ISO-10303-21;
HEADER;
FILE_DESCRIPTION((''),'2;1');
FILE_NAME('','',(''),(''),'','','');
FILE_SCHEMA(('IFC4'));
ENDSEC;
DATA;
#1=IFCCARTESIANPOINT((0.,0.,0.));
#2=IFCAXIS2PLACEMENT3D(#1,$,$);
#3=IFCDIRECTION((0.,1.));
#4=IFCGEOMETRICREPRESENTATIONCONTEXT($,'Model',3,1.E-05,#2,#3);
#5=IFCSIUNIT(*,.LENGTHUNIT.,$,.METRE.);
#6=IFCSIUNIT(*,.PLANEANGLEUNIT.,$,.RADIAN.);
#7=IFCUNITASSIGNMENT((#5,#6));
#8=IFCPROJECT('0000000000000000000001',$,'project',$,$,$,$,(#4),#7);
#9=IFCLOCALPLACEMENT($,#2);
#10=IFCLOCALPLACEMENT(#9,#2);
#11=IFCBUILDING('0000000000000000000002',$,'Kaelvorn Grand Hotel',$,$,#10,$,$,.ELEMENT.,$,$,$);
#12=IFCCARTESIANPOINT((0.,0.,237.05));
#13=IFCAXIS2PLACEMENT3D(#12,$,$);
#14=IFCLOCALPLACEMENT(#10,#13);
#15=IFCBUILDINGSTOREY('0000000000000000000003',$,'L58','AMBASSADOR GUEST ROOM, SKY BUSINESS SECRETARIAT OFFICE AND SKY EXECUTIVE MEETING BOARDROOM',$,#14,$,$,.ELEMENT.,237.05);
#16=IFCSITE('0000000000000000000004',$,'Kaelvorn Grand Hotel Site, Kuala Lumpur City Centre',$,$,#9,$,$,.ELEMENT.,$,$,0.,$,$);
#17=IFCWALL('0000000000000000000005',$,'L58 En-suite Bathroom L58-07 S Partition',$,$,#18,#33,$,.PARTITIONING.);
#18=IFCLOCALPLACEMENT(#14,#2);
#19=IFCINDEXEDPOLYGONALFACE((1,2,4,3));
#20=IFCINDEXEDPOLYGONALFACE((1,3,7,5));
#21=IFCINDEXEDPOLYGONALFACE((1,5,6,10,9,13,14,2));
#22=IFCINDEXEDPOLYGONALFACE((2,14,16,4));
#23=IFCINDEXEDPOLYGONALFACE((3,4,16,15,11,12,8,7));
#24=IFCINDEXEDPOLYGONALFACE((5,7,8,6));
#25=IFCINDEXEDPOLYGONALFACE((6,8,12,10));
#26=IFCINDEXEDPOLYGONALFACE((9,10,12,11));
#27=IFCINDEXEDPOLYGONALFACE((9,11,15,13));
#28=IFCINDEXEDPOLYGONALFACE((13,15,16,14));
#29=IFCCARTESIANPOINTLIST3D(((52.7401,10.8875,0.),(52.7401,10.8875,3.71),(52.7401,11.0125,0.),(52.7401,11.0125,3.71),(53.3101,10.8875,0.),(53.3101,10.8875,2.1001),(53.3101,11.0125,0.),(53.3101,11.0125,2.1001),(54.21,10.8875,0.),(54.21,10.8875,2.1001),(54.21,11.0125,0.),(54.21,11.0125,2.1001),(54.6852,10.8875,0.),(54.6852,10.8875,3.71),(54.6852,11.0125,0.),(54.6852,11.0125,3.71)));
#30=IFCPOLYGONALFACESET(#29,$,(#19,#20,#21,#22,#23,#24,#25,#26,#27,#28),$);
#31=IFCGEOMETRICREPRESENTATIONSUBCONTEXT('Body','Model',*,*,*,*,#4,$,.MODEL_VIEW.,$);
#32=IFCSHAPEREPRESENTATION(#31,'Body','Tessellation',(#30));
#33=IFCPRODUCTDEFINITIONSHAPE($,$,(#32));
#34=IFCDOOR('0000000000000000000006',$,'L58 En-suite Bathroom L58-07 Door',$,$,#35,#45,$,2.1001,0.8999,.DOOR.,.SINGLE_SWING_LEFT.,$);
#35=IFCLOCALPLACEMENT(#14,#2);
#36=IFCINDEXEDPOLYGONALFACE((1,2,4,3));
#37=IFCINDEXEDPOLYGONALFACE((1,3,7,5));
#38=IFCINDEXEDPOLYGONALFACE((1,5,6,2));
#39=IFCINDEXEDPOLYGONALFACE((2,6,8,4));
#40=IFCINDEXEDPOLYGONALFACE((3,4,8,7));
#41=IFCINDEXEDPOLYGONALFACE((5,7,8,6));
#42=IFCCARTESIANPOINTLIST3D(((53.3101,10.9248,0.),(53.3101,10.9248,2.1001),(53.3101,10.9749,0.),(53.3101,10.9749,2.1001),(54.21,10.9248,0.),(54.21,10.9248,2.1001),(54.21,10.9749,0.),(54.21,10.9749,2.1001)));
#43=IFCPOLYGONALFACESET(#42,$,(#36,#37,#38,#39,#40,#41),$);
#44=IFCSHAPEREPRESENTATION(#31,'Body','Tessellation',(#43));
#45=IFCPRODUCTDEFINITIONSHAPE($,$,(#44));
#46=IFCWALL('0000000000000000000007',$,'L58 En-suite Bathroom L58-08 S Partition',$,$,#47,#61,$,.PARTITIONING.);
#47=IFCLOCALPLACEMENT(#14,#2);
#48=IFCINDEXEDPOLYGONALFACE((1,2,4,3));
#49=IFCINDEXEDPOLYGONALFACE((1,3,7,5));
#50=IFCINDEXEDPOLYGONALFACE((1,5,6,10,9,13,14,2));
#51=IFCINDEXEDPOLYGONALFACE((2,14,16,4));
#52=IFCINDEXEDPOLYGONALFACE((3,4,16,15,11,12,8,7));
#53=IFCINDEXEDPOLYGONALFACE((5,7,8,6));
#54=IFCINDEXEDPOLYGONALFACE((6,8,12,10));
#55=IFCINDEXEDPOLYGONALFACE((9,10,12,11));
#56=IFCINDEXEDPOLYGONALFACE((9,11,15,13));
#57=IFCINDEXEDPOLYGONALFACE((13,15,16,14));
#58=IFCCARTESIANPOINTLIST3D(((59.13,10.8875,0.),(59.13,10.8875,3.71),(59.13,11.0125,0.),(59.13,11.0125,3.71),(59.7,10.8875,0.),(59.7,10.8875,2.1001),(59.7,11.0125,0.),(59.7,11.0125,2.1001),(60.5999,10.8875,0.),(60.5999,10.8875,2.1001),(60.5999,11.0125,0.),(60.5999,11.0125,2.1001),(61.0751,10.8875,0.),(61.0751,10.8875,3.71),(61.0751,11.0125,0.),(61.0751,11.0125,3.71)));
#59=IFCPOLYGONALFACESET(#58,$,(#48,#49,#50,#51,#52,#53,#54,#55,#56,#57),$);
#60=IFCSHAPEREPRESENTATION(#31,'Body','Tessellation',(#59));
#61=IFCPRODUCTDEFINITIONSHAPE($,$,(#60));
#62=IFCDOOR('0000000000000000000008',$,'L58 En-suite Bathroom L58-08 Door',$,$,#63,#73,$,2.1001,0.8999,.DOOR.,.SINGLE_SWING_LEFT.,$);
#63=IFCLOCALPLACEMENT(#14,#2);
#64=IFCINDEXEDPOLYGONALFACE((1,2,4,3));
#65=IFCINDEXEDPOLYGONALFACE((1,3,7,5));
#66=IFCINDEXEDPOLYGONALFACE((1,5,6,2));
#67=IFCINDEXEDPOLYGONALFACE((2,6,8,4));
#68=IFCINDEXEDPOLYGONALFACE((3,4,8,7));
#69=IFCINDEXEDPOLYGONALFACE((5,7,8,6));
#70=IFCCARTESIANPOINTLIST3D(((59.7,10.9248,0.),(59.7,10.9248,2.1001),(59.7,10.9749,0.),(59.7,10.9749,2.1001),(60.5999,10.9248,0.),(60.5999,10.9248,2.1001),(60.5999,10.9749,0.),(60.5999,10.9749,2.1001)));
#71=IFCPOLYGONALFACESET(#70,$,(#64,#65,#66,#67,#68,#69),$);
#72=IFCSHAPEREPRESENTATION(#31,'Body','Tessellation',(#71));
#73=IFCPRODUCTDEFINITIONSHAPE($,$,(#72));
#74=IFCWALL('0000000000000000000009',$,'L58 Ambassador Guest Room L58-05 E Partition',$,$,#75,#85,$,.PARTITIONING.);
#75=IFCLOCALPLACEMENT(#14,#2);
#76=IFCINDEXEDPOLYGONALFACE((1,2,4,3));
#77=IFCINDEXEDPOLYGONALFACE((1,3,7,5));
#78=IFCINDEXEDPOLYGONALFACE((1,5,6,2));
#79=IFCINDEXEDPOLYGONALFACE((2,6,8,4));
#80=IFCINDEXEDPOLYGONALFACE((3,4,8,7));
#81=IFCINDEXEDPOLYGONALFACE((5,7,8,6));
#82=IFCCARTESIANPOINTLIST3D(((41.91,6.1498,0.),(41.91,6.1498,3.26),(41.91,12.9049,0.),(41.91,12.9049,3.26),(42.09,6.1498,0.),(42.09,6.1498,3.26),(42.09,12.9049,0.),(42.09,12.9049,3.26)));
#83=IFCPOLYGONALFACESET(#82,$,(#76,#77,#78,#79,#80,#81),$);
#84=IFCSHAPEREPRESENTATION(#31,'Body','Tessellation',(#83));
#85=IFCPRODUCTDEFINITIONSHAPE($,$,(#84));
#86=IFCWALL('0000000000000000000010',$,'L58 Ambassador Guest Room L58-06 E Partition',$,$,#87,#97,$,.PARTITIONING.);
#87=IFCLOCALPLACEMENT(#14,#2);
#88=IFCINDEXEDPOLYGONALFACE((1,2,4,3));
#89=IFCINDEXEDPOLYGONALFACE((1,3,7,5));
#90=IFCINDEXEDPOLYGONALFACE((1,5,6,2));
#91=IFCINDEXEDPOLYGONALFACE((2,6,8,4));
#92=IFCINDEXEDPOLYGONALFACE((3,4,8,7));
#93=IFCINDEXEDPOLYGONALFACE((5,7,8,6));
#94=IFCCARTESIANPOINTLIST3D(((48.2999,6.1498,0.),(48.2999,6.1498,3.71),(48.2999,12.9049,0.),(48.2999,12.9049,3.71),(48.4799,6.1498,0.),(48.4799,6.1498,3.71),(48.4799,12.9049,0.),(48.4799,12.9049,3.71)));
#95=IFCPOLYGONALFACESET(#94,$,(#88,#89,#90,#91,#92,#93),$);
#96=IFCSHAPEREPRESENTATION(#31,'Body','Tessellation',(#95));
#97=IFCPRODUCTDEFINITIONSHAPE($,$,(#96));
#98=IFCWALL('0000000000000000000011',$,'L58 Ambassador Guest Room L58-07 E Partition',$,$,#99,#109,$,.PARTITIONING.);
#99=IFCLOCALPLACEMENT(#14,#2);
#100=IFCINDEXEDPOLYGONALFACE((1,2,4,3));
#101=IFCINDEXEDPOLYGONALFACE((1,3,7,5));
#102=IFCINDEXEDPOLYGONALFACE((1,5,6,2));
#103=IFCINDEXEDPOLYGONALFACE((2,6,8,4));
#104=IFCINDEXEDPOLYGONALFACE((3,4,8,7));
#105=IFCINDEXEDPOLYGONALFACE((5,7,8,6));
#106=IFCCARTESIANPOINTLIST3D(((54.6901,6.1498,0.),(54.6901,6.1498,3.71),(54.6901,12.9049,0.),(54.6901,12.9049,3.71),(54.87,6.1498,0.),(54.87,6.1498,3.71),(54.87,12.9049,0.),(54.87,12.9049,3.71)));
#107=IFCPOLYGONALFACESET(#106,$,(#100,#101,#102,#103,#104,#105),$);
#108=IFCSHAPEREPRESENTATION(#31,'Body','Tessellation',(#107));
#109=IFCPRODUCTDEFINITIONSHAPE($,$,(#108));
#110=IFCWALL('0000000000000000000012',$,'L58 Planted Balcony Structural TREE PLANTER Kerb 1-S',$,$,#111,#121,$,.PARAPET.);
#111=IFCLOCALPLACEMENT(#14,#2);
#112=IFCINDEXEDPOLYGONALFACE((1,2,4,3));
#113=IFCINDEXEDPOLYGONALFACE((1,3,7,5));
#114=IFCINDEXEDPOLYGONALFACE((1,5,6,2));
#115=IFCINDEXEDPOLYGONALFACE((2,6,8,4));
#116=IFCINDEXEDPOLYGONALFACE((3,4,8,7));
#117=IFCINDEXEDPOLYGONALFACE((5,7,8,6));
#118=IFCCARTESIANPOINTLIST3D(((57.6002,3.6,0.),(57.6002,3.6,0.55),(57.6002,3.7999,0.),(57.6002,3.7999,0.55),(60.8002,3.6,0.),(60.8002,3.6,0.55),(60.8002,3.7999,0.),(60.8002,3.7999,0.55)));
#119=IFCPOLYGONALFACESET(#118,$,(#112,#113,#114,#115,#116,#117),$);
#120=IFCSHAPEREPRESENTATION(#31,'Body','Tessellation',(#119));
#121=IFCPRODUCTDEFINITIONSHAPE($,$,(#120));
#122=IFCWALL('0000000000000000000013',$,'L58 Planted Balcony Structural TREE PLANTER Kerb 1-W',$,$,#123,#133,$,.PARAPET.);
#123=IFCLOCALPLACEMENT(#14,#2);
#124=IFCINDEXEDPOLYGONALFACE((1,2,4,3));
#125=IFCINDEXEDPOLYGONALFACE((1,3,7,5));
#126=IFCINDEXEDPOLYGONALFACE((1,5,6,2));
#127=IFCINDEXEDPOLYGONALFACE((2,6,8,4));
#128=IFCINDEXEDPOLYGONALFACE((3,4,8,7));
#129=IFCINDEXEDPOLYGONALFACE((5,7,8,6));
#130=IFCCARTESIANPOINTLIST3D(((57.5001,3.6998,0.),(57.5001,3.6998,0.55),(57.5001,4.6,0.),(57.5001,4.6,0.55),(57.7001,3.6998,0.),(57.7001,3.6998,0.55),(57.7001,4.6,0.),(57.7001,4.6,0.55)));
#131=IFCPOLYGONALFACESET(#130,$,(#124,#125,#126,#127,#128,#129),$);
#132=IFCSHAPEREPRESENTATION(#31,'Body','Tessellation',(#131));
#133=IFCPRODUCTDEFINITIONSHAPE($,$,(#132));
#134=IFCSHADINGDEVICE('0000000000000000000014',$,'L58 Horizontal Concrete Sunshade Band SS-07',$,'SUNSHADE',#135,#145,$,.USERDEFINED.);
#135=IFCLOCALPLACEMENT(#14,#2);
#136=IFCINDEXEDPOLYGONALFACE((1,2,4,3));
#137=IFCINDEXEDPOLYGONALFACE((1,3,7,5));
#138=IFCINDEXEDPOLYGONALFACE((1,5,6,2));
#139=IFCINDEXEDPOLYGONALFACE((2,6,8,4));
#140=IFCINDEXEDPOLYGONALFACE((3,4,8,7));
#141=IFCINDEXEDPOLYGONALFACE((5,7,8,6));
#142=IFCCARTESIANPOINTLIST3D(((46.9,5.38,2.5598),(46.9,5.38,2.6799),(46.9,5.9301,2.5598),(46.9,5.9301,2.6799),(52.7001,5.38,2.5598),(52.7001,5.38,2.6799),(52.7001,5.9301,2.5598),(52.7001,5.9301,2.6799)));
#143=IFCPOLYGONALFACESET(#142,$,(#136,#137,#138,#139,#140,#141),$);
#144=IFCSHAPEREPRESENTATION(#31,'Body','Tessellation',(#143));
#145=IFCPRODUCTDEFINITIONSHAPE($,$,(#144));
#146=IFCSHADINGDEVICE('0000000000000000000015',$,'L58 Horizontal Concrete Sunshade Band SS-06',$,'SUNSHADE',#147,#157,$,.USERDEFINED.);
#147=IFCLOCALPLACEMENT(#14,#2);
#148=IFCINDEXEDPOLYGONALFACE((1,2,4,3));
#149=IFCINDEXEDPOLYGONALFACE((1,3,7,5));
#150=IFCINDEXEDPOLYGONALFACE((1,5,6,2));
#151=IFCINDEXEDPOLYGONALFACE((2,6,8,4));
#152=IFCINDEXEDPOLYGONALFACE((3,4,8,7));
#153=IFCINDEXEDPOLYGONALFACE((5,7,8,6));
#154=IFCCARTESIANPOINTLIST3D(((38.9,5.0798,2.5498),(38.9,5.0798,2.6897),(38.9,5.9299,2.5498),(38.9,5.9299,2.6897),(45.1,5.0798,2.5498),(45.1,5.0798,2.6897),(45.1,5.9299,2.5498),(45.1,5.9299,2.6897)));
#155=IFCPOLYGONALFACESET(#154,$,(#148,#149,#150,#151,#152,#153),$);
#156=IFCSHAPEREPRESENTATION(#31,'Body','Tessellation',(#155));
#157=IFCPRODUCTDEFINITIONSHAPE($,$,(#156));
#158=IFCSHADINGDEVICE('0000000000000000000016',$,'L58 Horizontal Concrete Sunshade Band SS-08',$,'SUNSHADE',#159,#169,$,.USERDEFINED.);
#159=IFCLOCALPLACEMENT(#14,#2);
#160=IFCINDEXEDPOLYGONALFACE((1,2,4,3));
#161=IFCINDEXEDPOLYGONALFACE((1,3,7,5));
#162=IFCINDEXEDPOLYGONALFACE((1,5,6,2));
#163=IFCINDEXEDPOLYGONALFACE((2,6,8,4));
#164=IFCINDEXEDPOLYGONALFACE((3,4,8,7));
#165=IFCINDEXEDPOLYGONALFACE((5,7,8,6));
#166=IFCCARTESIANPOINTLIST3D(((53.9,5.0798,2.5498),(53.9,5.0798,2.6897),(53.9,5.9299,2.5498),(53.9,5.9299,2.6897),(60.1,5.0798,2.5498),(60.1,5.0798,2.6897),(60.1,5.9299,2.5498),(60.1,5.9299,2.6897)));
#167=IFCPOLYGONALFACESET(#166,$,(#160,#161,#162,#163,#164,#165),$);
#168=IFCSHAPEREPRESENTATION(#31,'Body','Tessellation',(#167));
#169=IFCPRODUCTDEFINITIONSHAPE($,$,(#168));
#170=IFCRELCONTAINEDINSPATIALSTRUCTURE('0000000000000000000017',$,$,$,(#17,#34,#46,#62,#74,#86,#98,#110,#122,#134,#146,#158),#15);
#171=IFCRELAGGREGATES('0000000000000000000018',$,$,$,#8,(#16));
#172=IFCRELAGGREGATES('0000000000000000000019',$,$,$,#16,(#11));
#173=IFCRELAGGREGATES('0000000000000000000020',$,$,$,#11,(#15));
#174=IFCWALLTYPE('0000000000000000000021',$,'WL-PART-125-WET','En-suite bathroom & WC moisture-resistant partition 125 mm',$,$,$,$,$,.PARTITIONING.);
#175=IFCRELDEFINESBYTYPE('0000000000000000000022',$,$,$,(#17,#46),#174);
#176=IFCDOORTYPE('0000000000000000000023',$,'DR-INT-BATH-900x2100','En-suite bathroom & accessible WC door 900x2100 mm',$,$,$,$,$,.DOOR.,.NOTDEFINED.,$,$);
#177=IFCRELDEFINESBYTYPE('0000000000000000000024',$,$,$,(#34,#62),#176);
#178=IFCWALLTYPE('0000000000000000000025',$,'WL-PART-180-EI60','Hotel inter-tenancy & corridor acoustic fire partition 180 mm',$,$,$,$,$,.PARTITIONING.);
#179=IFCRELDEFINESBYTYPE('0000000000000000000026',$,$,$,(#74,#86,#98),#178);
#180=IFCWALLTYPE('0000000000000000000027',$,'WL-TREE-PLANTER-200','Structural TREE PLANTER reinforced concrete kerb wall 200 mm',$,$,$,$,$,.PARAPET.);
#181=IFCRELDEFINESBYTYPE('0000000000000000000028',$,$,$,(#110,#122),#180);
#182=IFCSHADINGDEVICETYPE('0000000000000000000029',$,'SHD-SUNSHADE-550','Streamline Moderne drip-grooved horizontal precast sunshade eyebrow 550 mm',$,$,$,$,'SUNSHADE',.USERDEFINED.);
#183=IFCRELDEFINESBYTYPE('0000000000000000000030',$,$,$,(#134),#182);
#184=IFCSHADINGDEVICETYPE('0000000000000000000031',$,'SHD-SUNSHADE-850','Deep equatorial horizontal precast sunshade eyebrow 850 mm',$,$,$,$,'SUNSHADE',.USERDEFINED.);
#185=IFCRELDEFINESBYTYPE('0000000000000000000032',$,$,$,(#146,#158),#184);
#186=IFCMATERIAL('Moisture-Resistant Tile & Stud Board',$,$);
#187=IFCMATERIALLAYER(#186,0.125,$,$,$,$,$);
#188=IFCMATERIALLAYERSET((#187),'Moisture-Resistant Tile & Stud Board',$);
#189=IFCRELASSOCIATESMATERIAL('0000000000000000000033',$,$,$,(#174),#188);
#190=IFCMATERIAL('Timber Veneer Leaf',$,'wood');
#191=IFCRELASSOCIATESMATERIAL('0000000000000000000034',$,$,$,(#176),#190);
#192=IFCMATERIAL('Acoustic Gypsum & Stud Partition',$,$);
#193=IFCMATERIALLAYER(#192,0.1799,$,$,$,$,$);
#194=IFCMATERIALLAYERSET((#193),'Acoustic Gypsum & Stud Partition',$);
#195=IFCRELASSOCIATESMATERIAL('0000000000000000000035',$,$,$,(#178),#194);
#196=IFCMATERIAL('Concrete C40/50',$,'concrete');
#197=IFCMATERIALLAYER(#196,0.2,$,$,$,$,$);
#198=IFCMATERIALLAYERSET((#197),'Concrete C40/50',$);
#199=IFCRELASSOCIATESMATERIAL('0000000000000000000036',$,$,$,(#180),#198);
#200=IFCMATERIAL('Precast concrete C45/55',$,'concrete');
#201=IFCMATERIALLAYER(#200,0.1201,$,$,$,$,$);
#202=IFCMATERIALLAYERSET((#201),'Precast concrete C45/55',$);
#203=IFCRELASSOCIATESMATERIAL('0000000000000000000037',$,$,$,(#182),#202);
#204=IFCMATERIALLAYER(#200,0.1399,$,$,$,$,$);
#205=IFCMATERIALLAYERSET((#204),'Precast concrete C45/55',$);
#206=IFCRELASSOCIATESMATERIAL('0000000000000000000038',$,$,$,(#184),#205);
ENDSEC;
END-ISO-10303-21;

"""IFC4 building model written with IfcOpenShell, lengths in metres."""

from ifc_helpers import new_model, si_unit, direction, frame, frame_2d, origin, origin_2d, place, context, subcontext, project, spatial, rectangle, extrude, material, layer, layer_set, type_object, element, fill, save


model = new_model("IFC4")

# Units and contexts
model_context = context("Model", 3, precision=1e-05, world=origin(), true_north=direction((0.0, 1.0)))
body_context = subcontext(model_context, "Body", "Model", "MODEL_VIEW")
ifc_project = project(units=[si_unit("LENGTHUNIT", "METRE"), si_unit("PLANEANGLEUNIT", "RADIAN")], contexts=[model_context])

# Site, building, storey
site_placement = place(None, origin())
site = spatial("IfcSite", under=ifc_project, at=site_placement, Name="Kaelvorn Grand Hotel Site, Kuala Lumpur City Centre", CompositionType="ELEMENT", RefElevation=0.0)
building_placement = place(site_placement, origin())
building = spatial("IfcBuilding", under=site, at=building_placement, Name="Kaelvorn Grand Hotel", CompositionType="ELEMENT")
storey_placement = place(building_placement, frame((0.0, 0.0, 237.05)))
storey = spatial("IfcBuildingStorey", under=building, at=storey_placement, Name="L58", Description="AMBASSADOR GUEST ROOM, SKY BUSINESS SECRETARIAT OFFICE AND SKY EXECUTIVE MEETING BOARDROOM", CompositionType="ELEMENT", Elevation=237.05)

# Shared definitions
ifc_material_1 = material(Name="Moisture-Resistant Tile & Stud Board")
ifc_layer_1 = layer(ifc_material_1, 0.125)
ifc_layer_set_1 = layer_set([ifc_layer_1], Name="Moisture-Resistant Tile & Stud Board")
wall_type_1 = type_object("IfcWallType", Name="WL-PART-125-WET", Description="En-suite bathroom & WC moisture-resistant partition 125 mm", PredefinedType="PARTITIONING", material=ifc_layer_set_1)
ifc_material_2 = material(Name="Timber Veneer Leaf", Category="wood")
door_type = type_object("IfcDoorType", Name="DR-INT-BATH-900x2100", Description="En-suite bathroom & accessible WC door 900x2100 mm", OperationType="NOTDEFINED", PredefinedType="DOOR", material=ifc_material_2)

# Walls, openings, doors
wall_1_placement = place(storey_placement, frame((52.74, 10.95, 0.0), z_axis=(0.0, 0.0, 1.0), x_axis=(1.0, 0.0, 0.0)))
wall_1 = element("IfcWall", 1, at=wall_1_placement, inside=storey, type_object=wall_type_1, Name="L58 En-suite Bathroom L58-07 S Partition", PredefinedType="PARTITIONING", context=body_context, shape_type="SweptSolid", body=[
    extrude(rectangle(XDim=1.9451, YDim=0.125, at=frame_2d((0.9727, 0.0))), origin(), (0.0, 0.0, 1.0), 3.71),
])
opening_1_placement = place(wall_1_placement, frame((0.5701, 0.0, 0.0)))
opening_1 = element("IfcOpeningElement", 2, at=opening_1_placement, cuts=wall_1, PredefinedType="OPENING", context=body_context, shape_type="SweptSolid", body=[
    extrude(rectangle(XDim=0.8999, YDim=2.1001, at=frame_2d((0.45, 1.05))), frame((0.0, 0.0725, 0.0), z_axis=(0.0, -1.0, 0.0), x_axis=(1.0, 0.0, 0.0)), (0.0, 0.0, 1.0), 0.145),
])
door_1_placement = place(opening_1_placement, origin())
door_1 = element("IfcDoor", 3, at=door_1_placement, inside=storey, type_object=door_type, Name="L58 En-suite Bathroom L58-07 Door", OperationType="SINGLE_SWING_LEFT", OverallHeight=2.1001, OverallWidth=0.8999, PredefinedType="DOOR", context=body_context, shape_type="SweptSolid", body=[
    extrude(rectangle(XDim=0.8999, YDim=2.1001, at=frame_2d((0.45, 1.05))), frame((0.0, 0.0249, 0.0), z_axis=(0.0, -1.0, 0.0), x_axis=(1.0, 0.0, 0.0)), (0.0, 0.0, 1.0), 0.05),
])
fill(opening_1, door_1)
wall_2_placement = place(storey_placement, frame((59.1299, 10.95, 0.0), z_axis=(0.0, 0.0, 1.0), x_axis=(1.0, 0.0, 0.0)))
wall_2 = element("IfcWall", 4, at=wall_2_placement, inside=storey, type_object=wall_type_1, Name="L58 En-suite Bathroom L58-08 S Partition", PredefinedType="PARTITIONING", context=body_context, shape_type="SweptSolid", body=[
    extrude(rectangle(XDim=1.9451, YDim=0.125, at=frame_2d((0.9727, 0.0))), origin(), (0.0, 0.0, 1.0), 3.71),
])
opening_2_placement = place(wall_2_placement, frame((0.5701, 0.0, 0.0)))
opening_2 = element("IfcOpeningElement", 5, at=opening_2_placement, cuts=wall_2, PredefinedType="OPENING", context=body_context, shape_type="SweptSolid", body=[
    extrude(rectangle(XDim=0.8999, YDim=2.1001, at=frame_2d((0.45, 1.05))), frame((0.0, 0.0725, 0.0), z_axis=(0.0, -1.0, 0.0), x_axis=(1.0, 0.0, 0.0)), (0.0, 0.0, 1.0), 0.145),
])
door_2_placement = place(opening_2_placement, origin())
door_2 = element("IfcDoor", 6, at=door_2_placement, inside=storey, type_object=door_type, Name="L58 En-suite Bathroom L58-08 Door", OperationType="SINGLE_SWING_LEFT", OverallHeight=2.1001, OverallWidth=0.8999, PredefinedType="DOOR", context=body_context, shape_type="SweptSolid", body=[
    extrude(rectangle(XDim=0.8999, YDim=2.1001, at=frame_2d((0.45, 1.05))), frame((0.0, 0.0249, 0.0), z_axis=(0.0, -1.0, 0.0), x_axis=(1.0, 0.0, 0.0)), (0.0, 0.0, 1.0), 0.05),
])
fill(opening_2, door_2)

# Walls
ifc_material_3 = material(Name="Acoustic Gypsum & Stud Partition")
ifc_layer_2 = layer(ifc_material_3, 0.1799)
ifc_layer_set_2 = layer_set([ifc_layer_2], Name="Acoustic Gypsum & Stud Partition")
wall_type_2 = type_object("IfcWallType", Name="WL-PART-180-EI60", Description="Hotel inter-tenancy & corridor acoustic fire partition 180 mm", PredefinedType="PARTITIONING", material=ifc_layer_set_2)
wall_3_placement = place(storey_placement, frame((42.0, 6.1499, 0.0), z_axis=(0.0, 0.0, 1.0), x_axis=(0.0, 1.0, 0.0)))
element("IfcWall", 7, at=wall_3_placement, inside=storey, type_object=wall_type_2, Name="L58 Ambassador Guest Room L58-05 E Partition", PredefinedType="PARTITIONING", context=body_context, shape_type="SweptSolid", body=[
    extrude(rectangle(XDim=6.7551, YDim=0.1799, at=frame_2d((3.3774, 0.0))), origin(), (0.0, 0.0, 1.0), 3.26),
])
for number, where, z_axis, x_axis, name in (
    (8, (48.3899, 6.1499, 0.0), (0.0, 0.0, 1.0), (0.0, 1.0, 0.0), "L58 Ambassador Guest Room L58-06 E Partition"),
    (9, (54.78, 6.1499, 0.0), (0.0, 0.0, 1.0), (0.0, 1.0, 0.0), "L58 Ambassador Guest Room L58-07 E Partition"),
):
    element("IfcWall", number, at=place(storey_placement, frame(where, z_axis=z_axis, x_axis=x_axis)), inside=storey, type_object=wall_type_2, Name=name, PredefinedType="PARTITIONING", context=body_context, shape_type="SweptSolid", body=[
        extrude(rectangle(XDim=6.7551, YDim=0.1799, at=frame_2d((3.3774, 0.0))), origin(), (0.0, 0.0, 1.0), 3.71),
    ])
ifc_material_4 = material(Name="Concrete C40/50", Category="concrete")
ifc_layer_3 = layer(ifc_material_4, 0.2)
ifc_layer_set_3 = layer_set([ifc_layer_3], Name="Concrete C40/50")
wall_type_3 = type_object("IfcWallType", Name="WL-TREE-PLANTER-200", Description="Structural TREE PLANTER reinforced concrete kerb wall 200 mm", PredefinedType="PARAPET", material=ifc_layer_set_3)
wall_4_placement = place(storey_placement, frame((57.6001, 3.7, 0.0), z_axis=(0.0, 0.0, 1.0), x_axis=(1.0, 0.0, 0.0)))
element("IfcWall", 10, at=wall_4_placement, inside=storey, type_object=wall_type_3, Name="L58 Planted Balcony Structural TREE PLANTER Kerb 1-S", PredefinedType="PARAPET", context=body_context, shape_type="SweptSolid", body=[
    extrude(rectangle(XDim=3.2, YDim=0.2, at=frame_2d((1.6001, 0.0))), origin(), (0.0, 0.0, 1.0), 0.55),
])
wall_5_placement = place(storey_placement, frame((57.6001, 4.6001, 0.0), z_axis=(0.0, 0.0, 1.0), x_axis=(0.0, -1.0, 0.0)))
element("IfcWall", 11, at=wall_5_placement, inside=storey, type_object=wall_type_3, Name="L58 Planted Balcony Structural TREE PLANTER Kerb 1-W", PredefinedType="PARAPET", context=body_context, shape_type="SweptSolid", body=[
    extrude(rectangle(XDim=0.9001, YDim=0.2, at=frame_2d((0.4502, 0.0))), origin(), (0.0, 0.0, 1.0), 0.55),
])

# Shading devices
ifc_material_5 = material(Name="Precast concrete C45/55", Category="concrete")
ifc_layer_4 = layer(ifc_material_5, 0.1201)
ifc_layer_set_4 = layer_set([ifc_layer_4], Name="Precast concrete C45/55")
shading_device_type_1 = type_object("IfcShadingDeviceType", Name="SHD-SUNSHADE-550", Description="Streamline Moderne drip-grooved horizontal precast sunshade eyebrow 550 mm", ElementType="SUNSHADE", PredefinedType="USERDEFINED", material=ifc_layer_set_4)
shading_device_placement = place(storey_placement, frame((49.8, 5.655, 2.5598), z_axis=(0.0, 0.0, 1.0), x_axis=(1.0, 0.0, 0.0)))
element("IfcShadingDevice", 12, at=shading_device_placement, inside=storey, type_object=shading_device_type_1, Name="L58 Horizontal Concrete Sunshade Band SS-07", ObjectType="SUNSHADE", PredefinedType="USERDEFINED", context=body_context, shape_type="SweptSolid", body=[
    extrude(rectangle(XDim=5.8, YDim=0.55, at=origin_2d()), origin(), (0.0, 0.0, 1.0), 0.1201),
])
ifc_layer_5 = layer(ifc_material_5, 0.1399)
ifc_layer_set_5 = layer_set([ifc_layer_5], Name="Precast concrete C45/55")
shading_device_type_2 = type_object("IfcShadingDeviceType", Name="SHD-SUNSHADE-850", Description="Deep equatorial horizontal precast sunshade eyebrow 850 mm", ElementType="SUNSHADE", PredefinedType="USERDEFINED", material=ifc_layer_set_5)
for number, where, z_axis, x_axis, name in (
    (13, (42.0, 5.5049, 2.5498), (0.0, 0.0, 1.0), (1.0, 0.0, 0.0), "L58 Horizontal Concrete Sunshade Band SS-06"),
    (14, (57.0, 5.5049, 2.5498), (0.0, 0.0, 1.0), (1.0, 0.0, 0.0), "L58 Horizontal Concrete Sunshade Band SS-08"),
):
    element("IfcShadingDevice", number, at=place(storey_placement, frame(where, z_axis=z_axis, x_axis=x_axis)), inside=storey, type_object=shading_device_type_2, Name=name, ObjectType="SUNSHADE", PredefinedType="USERDEFINED", context=body_context, shape_type="SweptSolid", body=[
        extrude(rectangle(XDim=6.2, YDim=0.8501, at=origin_2d()), origin(), (0.0, 0.0, 1.0), 0.1399),
    ])

save(model, "model.ifc")
